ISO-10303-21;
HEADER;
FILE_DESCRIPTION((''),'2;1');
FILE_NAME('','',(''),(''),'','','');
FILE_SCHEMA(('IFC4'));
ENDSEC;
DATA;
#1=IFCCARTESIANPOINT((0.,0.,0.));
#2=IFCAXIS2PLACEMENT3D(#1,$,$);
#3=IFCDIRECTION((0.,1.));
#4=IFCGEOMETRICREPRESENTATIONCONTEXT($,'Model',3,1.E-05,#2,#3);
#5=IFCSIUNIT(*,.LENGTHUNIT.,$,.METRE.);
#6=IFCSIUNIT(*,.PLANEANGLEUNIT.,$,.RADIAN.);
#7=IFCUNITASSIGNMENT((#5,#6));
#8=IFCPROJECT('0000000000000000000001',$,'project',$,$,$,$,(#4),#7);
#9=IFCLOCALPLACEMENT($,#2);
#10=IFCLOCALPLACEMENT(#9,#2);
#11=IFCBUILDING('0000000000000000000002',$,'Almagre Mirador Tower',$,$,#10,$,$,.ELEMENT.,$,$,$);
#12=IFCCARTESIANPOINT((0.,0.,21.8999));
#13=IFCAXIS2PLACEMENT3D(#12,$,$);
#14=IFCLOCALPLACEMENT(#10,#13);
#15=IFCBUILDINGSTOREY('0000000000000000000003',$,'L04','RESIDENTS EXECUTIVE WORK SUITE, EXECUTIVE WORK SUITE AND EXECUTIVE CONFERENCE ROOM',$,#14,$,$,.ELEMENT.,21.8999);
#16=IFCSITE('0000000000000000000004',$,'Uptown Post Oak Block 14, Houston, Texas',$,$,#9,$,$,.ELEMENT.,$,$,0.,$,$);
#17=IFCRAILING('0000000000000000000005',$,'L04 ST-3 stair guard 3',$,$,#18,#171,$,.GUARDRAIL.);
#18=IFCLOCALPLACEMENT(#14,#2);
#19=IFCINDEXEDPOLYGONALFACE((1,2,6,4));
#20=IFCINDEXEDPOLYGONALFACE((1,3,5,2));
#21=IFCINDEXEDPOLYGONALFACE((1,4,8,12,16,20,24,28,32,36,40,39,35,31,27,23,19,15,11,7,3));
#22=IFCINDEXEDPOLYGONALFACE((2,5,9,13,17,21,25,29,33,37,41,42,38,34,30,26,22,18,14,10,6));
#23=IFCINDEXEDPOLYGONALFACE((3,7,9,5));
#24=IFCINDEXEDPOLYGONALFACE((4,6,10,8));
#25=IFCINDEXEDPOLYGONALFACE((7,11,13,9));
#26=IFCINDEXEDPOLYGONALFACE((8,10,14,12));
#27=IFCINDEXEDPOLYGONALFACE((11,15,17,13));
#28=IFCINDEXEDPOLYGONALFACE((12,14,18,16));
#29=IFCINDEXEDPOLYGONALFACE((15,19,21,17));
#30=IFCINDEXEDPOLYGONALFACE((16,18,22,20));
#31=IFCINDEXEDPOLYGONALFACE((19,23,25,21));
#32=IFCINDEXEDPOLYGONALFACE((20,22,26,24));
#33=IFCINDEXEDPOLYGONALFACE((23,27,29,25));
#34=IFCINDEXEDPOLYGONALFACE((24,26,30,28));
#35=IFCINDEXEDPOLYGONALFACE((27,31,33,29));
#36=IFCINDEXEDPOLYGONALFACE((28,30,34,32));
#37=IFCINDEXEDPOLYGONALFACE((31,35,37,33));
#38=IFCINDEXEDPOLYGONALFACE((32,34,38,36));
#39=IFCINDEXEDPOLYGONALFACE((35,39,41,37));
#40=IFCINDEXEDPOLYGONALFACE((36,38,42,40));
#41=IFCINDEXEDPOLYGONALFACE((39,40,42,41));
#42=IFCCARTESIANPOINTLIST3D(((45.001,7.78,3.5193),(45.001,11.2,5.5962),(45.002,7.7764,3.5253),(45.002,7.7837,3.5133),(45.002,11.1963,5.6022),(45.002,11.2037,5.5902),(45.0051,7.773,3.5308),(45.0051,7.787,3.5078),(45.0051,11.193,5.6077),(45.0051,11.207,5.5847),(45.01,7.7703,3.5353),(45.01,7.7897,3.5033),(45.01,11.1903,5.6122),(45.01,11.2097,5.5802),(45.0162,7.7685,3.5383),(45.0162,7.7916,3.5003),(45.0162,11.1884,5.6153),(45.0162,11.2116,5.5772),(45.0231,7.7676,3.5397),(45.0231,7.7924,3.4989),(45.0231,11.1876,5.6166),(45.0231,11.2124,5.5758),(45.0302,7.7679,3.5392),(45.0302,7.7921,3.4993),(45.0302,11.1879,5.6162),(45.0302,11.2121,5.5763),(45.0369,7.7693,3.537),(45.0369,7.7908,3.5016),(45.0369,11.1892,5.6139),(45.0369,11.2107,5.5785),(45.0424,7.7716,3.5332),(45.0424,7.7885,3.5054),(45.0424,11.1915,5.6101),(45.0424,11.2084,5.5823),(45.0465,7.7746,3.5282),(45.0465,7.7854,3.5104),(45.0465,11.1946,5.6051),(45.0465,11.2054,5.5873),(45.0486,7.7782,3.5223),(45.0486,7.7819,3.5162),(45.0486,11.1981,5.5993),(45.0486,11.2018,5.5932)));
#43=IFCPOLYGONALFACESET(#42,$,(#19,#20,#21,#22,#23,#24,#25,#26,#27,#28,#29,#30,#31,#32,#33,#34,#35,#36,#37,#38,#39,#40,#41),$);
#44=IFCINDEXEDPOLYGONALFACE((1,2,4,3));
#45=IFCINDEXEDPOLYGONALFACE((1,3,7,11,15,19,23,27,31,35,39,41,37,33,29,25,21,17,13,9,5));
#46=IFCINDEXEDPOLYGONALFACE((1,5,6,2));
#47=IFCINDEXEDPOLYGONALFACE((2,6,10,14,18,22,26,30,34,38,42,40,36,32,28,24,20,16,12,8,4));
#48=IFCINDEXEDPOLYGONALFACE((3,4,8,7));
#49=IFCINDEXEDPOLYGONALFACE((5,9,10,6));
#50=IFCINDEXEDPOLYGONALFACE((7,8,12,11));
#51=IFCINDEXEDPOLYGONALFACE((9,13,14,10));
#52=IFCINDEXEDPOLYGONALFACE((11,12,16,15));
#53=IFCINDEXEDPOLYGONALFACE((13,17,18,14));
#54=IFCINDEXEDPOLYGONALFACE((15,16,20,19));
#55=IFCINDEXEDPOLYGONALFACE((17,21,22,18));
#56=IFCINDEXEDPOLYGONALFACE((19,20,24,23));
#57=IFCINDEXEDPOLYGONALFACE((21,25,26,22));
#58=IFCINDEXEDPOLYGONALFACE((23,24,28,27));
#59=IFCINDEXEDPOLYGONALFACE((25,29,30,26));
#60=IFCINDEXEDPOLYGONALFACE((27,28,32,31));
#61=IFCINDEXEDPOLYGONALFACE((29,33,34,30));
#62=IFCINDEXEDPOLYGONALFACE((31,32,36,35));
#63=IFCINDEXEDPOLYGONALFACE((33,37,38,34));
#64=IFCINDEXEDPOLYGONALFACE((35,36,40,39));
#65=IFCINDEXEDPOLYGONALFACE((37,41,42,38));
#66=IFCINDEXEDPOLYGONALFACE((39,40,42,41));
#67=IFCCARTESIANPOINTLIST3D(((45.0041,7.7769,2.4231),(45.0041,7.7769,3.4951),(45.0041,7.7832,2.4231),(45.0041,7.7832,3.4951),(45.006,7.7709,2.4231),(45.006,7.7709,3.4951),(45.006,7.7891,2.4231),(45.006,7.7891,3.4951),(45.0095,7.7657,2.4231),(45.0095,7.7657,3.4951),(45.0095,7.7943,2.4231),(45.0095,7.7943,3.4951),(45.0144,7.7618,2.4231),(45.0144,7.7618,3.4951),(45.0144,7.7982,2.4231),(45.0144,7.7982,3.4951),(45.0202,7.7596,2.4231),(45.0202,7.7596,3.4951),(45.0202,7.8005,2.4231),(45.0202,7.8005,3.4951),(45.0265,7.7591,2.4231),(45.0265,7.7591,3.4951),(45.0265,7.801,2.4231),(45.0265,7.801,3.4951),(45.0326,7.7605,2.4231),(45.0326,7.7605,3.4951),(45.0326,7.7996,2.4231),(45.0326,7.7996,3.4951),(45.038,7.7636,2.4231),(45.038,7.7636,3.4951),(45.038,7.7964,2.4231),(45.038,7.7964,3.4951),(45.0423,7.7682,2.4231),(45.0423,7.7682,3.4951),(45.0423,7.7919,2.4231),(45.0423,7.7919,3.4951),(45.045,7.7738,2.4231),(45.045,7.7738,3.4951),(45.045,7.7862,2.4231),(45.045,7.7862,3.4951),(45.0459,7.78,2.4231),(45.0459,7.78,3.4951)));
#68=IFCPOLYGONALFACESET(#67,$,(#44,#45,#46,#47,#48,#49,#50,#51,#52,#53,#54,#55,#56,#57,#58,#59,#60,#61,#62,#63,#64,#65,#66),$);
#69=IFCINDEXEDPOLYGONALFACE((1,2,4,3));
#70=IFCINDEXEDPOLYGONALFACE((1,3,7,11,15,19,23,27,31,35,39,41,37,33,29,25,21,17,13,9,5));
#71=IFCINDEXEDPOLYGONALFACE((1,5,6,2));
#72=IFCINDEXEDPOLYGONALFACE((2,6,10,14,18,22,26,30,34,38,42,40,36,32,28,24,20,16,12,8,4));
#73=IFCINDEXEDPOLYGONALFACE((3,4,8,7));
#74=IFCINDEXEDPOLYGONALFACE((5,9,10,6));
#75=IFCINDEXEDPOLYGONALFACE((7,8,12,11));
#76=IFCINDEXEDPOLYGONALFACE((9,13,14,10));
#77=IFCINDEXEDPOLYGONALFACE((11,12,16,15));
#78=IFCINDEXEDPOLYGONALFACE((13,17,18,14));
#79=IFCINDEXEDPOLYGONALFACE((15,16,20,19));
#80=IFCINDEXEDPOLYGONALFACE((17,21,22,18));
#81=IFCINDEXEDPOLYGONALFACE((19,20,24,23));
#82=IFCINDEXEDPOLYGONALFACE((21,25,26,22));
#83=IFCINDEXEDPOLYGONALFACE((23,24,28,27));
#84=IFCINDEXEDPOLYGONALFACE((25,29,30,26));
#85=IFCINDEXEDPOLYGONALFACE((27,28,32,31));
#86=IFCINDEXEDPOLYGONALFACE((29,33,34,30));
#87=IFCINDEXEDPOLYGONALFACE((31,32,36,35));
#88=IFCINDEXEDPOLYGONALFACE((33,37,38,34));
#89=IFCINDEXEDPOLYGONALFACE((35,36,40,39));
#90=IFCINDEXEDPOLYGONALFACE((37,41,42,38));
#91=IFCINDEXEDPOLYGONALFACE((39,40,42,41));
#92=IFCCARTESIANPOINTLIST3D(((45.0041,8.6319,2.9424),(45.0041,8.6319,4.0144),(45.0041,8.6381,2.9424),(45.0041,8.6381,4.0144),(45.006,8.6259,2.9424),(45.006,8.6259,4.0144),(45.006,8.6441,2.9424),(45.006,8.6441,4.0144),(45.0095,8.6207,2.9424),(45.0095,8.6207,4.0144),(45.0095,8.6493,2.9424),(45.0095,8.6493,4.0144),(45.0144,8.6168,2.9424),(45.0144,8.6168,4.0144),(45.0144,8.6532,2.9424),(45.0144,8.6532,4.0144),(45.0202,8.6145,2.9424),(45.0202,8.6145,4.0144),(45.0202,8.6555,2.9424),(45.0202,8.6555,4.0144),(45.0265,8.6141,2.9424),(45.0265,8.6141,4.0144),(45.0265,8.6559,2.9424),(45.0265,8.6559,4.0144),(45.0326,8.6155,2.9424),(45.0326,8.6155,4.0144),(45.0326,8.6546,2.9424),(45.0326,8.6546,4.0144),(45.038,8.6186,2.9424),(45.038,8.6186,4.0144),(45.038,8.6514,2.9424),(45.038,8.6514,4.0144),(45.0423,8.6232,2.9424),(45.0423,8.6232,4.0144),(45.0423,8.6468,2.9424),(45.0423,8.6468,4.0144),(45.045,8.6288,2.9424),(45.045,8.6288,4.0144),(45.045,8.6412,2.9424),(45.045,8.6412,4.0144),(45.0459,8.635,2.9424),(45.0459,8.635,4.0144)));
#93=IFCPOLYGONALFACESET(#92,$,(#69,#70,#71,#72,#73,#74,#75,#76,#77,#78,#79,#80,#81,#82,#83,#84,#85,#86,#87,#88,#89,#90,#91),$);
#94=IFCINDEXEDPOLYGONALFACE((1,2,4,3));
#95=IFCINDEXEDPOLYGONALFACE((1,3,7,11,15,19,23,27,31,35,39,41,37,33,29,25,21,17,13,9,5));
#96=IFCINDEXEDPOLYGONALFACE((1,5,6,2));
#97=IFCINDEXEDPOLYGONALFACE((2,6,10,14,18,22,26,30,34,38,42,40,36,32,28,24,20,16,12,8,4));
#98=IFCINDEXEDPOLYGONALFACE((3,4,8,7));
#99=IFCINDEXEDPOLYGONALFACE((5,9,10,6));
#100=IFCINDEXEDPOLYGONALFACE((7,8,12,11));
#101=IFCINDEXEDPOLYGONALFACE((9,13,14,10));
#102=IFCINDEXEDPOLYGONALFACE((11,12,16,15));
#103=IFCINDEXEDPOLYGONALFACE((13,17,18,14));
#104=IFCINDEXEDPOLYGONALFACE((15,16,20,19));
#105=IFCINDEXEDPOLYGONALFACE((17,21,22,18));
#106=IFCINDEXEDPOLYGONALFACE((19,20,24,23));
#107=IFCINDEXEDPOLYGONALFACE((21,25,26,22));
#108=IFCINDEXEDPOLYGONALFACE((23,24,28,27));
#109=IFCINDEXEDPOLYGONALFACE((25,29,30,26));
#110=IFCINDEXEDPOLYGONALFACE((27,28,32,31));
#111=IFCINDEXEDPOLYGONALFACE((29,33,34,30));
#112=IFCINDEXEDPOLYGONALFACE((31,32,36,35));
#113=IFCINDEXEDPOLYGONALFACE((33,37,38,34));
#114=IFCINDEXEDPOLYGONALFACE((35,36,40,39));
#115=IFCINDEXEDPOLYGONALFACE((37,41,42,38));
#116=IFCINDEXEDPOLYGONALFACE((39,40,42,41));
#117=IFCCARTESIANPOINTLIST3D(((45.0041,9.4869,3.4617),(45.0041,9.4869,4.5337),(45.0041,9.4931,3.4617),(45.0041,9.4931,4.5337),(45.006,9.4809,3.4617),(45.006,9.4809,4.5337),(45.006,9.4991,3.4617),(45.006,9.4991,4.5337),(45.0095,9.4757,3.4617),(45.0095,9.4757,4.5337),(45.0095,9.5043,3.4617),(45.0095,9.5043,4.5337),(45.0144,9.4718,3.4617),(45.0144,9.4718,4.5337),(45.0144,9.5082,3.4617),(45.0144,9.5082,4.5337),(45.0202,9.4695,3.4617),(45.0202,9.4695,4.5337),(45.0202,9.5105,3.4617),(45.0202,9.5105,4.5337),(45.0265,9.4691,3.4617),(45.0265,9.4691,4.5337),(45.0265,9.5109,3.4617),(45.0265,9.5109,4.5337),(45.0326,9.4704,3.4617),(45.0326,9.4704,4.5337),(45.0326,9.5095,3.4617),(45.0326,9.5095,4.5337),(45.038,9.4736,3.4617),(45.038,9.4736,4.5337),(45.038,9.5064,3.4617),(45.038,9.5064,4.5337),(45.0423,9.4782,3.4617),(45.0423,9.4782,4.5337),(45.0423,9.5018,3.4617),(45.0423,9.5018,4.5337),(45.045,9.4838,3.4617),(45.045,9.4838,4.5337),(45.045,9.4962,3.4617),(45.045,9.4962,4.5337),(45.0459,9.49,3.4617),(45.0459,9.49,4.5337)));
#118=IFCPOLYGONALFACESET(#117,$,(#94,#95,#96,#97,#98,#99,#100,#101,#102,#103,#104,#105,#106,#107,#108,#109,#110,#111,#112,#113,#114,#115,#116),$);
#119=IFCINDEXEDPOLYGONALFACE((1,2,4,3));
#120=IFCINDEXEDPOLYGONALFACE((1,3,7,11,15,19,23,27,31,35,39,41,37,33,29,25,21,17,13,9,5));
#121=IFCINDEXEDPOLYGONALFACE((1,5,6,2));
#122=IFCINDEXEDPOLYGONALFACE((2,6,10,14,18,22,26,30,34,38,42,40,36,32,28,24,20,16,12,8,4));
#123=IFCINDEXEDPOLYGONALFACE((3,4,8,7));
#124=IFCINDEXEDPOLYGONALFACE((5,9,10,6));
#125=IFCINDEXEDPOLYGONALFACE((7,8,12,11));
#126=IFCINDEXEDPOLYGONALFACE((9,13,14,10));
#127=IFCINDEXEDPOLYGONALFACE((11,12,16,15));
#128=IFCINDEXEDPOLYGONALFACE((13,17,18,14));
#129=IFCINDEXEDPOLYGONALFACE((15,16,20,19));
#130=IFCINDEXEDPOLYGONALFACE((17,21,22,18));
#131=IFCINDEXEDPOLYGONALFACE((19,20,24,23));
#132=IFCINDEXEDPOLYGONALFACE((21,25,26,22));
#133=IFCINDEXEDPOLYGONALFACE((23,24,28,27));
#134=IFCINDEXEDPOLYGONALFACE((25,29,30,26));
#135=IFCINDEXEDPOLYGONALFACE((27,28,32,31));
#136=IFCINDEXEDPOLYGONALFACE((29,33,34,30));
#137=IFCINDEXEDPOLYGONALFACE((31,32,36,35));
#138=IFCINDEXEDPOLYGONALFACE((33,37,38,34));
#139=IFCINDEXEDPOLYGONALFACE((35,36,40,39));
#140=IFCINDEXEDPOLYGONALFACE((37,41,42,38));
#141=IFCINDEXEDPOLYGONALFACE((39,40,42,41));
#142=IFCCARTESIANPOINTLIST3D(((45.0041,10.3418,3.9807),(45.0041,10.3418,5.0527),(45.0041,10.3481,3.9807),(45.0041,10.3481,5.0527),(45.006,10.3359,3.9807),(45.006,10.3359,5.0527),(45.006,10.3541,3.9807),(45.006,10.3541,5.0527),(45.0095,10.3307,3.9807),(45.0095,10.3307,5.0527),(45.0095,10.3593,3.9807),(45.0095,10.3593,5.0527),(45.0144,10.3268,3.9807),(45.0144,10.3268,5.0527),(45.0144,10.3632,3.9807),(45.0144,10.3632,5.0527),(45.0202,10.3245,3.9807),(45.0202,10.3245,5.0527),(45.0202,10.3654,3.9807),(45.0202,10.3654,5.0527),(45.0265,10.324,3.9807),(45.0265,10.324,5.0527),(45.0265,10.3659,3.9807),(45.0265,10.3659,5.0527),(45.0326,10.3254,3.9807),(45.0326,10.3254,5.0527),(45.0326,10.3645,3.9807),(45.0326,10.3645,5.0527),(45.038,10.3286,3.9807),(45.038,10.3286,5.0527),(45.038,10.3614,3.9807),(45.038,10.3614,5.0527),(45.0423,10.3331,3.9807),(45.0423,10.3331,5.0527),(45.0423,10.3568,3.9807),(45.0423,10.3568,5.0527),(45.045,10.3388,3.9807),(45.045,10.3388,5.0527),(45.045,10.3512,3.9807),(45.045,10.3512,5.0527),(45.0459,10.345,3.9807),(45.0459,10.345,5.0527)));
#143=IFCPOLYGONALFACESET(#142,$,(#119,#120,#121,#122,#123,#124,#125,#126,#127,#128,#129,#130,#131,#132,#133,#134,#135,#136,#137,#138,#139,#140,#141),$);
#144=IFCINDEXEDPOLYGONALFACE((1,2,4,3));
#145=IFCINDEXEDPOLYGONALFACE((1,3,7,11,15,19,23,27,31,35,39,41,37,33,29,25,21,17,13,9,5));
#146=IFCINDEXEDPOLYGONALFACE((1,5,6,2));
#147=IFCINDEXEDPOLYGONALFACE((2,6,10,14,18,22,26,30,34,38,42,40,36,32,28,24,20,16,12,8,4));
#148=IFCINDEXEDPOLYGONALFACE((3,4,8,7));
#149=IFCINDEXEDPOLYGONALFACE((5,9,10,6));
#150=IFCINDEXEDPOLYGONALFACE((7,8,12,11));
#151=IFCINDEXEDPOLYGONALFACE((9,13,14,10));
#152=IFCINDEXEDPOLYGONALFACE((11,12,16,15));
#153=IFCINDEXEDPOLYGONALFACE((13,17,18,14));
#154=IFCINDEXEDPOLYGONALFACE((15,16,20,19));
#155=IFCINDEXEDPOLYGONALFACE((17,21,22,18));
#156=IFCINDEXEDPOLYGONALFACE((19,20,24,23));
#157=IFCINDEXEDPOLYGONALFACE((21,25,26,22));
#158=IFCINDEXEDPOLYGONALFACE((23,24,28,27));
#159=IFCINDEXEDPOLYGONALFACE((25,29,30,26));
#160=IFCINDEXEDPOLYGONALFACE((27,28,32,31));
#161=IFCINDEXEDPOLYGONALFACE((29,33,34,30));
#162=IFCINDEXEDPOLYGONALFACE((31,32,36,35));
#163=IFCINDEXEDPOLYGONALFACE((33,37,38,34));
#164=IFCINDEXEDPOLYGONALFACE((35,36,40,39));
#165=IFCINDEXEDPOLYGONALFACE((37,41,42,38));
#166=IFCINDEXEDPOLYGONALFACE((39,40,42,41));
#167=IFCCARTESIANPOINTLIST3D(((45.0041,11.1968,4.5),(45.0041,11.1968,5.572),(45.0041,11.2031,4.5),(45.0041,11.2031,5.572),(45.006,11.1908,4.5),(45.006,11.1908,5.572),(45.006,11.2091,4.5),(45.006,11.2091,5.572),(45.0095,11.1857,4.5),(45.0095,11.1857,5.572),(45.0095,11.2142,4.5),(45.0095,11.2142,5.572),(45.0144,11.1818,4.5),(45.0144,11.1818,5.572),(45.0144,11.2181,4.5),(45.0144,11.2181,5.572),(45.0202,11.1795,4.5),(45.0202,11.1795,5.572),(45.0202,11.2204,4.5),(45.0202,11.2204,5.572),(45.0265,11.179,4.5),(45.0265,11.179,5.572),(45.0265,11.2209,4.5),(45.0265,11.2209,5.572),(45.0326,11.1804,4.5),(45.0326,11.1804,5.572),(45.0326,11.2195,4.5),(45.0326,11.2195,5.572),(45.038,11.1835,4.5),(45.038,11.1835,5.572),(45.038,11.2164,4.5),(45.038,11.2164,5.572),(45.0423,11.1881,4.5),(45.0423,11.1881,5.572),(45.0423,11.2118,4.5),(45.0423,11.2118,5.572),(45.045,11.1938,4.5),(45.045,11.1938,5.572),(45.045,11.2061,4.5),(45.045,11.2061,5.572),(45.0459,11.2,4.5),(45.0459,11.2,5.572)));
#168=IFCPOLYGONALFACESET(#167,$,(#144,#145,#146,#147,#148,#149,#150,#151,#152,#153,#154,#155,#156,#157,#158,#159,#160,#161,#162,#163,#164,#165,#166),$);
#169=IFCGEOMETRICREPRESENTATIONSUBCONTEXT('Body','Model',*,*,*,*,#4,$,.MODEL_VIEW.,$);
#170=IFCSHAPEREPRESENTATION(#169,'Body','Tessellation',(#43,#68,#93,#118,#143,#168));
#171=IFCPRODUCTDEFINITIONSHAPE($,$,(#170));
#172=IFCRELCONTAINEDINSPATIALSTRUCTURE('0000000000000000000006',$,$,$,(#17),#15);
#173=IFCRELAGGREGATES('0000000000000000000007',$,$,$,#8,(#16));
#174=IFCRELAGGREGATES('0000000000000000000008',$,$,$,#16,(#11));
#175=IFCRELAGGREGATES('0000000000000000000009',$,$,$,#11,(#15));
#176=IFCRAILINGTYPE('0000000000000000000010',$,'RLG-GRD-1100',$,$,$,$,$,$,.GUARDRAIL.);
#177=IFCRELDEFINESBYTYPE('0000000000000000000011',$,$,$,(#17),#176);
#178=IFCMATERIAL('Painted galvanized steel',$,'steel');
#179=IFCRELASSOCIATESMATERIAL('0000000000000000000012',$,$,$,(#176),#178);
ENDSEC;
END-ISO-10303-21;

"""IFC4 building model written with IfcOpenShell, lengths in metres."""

from ifc_helpers import new_model, si_unit, direction, frame, origin, origin_2d, place, context, subcontext, project, spatial, circle, extrude, material, type_object, element, save


model = new_model("IFC4")

# Units and contexts
model_context = context("Model", 3, precision=1e-05, world=origin(), true_north=direction((0.0, 1.0)))
body_context = subcontext(model_context, "Body", "Model", "MODEL_VIEW")
ifc_project = project(units=[si_unit("LENGTHUNIT", "METRE"), si_unit("PLANEANGLEUNIT", "RADIAN")], contexts=[model_context])

# Site, building, storey
site_placement = place(None, origin())
site = spatial("IfcSite", under=ifc_project, at=site_placement, Name="Uptown Post Oak Block 14, Houston, Texas", CompositionType="ELEMENT", RefElevation=0.0)
building_placement = place(site_placement, origin())
building = spatial("IfcBuilding", under=site, at=building_placement, Name="Almagre Mirador Tower", CompositionType="ELEMENT")
storey_placement = place(building_placement, frame((0.0, 0.0, 21.8999)))
storey = spatial("IfcBuildingStorey", under=building, at=storey_placement, Name="L04", Description="RESIDENTS EXECUTIVE WORK SUITE, EXECUTIVE WORK SUITE AND EXECUTIVE CONFERENCE ROOM", CompositionType="ELEMENT", Elevation=21.8999)

# Railing
ifc_material_1 = material(Name="Painted galvanized steel", Category="steel")
railing_type_1 = type_object("IfcRailingType", Name="RLG-GRD-1100", PredefinedType="GUARDRAIL", material=ifc_material_1)
railing_1_placement = place(storey_placement, frame((45.0249, 7.78, 2.4231)))
element("IfcRailing", 1, at=railing_1_placement, inside=storey, type_object=railing_type_1, Name="L04 ST-3 stair guard 3", PredefinedType="GUARDRAIL", context=body_context, shape_type="SweptSolid", body=[
    extrude(circle(Radius=0.0239, at=origin_2d()), frame((0.0, 0.0, 1.0962), z_axis=(0.0, 0.85473, 0.519074), x_axis=(-1.0, 0.0, 0.0)), (0.0, 0.0, 1.0), 4.0012),
    extrude(circle(Radius=0.021, at=origin_2d()), origin(), (0.0, 0.0, 1.0), 1.072),
    extrude(circle(Radius=0.021, at=origin_2d()), frame((0.0, 0.855, 0.5193)), (0.0, 0.0, 1.0), 1.072),
    extrude(circle(Radius=0.021, at=origin_2d()), frame((0.0, 1.71, 1.0386)), (0.0, 0.0, 1.0), 1.072),
    extrude(circle(Radius=0.021, at=origin_2d()), frame((0.0, 2.5649, 1.5576)), (0.0, 0.0, 1.0), 1.072),
    extrude(circle(Radius=0.021, at=origin_2d()), frame((0.0, 3.4199, 2.0769)), (0.0, 0.0, 1.0), 1.072),
])

save(model, "model.ifc")
